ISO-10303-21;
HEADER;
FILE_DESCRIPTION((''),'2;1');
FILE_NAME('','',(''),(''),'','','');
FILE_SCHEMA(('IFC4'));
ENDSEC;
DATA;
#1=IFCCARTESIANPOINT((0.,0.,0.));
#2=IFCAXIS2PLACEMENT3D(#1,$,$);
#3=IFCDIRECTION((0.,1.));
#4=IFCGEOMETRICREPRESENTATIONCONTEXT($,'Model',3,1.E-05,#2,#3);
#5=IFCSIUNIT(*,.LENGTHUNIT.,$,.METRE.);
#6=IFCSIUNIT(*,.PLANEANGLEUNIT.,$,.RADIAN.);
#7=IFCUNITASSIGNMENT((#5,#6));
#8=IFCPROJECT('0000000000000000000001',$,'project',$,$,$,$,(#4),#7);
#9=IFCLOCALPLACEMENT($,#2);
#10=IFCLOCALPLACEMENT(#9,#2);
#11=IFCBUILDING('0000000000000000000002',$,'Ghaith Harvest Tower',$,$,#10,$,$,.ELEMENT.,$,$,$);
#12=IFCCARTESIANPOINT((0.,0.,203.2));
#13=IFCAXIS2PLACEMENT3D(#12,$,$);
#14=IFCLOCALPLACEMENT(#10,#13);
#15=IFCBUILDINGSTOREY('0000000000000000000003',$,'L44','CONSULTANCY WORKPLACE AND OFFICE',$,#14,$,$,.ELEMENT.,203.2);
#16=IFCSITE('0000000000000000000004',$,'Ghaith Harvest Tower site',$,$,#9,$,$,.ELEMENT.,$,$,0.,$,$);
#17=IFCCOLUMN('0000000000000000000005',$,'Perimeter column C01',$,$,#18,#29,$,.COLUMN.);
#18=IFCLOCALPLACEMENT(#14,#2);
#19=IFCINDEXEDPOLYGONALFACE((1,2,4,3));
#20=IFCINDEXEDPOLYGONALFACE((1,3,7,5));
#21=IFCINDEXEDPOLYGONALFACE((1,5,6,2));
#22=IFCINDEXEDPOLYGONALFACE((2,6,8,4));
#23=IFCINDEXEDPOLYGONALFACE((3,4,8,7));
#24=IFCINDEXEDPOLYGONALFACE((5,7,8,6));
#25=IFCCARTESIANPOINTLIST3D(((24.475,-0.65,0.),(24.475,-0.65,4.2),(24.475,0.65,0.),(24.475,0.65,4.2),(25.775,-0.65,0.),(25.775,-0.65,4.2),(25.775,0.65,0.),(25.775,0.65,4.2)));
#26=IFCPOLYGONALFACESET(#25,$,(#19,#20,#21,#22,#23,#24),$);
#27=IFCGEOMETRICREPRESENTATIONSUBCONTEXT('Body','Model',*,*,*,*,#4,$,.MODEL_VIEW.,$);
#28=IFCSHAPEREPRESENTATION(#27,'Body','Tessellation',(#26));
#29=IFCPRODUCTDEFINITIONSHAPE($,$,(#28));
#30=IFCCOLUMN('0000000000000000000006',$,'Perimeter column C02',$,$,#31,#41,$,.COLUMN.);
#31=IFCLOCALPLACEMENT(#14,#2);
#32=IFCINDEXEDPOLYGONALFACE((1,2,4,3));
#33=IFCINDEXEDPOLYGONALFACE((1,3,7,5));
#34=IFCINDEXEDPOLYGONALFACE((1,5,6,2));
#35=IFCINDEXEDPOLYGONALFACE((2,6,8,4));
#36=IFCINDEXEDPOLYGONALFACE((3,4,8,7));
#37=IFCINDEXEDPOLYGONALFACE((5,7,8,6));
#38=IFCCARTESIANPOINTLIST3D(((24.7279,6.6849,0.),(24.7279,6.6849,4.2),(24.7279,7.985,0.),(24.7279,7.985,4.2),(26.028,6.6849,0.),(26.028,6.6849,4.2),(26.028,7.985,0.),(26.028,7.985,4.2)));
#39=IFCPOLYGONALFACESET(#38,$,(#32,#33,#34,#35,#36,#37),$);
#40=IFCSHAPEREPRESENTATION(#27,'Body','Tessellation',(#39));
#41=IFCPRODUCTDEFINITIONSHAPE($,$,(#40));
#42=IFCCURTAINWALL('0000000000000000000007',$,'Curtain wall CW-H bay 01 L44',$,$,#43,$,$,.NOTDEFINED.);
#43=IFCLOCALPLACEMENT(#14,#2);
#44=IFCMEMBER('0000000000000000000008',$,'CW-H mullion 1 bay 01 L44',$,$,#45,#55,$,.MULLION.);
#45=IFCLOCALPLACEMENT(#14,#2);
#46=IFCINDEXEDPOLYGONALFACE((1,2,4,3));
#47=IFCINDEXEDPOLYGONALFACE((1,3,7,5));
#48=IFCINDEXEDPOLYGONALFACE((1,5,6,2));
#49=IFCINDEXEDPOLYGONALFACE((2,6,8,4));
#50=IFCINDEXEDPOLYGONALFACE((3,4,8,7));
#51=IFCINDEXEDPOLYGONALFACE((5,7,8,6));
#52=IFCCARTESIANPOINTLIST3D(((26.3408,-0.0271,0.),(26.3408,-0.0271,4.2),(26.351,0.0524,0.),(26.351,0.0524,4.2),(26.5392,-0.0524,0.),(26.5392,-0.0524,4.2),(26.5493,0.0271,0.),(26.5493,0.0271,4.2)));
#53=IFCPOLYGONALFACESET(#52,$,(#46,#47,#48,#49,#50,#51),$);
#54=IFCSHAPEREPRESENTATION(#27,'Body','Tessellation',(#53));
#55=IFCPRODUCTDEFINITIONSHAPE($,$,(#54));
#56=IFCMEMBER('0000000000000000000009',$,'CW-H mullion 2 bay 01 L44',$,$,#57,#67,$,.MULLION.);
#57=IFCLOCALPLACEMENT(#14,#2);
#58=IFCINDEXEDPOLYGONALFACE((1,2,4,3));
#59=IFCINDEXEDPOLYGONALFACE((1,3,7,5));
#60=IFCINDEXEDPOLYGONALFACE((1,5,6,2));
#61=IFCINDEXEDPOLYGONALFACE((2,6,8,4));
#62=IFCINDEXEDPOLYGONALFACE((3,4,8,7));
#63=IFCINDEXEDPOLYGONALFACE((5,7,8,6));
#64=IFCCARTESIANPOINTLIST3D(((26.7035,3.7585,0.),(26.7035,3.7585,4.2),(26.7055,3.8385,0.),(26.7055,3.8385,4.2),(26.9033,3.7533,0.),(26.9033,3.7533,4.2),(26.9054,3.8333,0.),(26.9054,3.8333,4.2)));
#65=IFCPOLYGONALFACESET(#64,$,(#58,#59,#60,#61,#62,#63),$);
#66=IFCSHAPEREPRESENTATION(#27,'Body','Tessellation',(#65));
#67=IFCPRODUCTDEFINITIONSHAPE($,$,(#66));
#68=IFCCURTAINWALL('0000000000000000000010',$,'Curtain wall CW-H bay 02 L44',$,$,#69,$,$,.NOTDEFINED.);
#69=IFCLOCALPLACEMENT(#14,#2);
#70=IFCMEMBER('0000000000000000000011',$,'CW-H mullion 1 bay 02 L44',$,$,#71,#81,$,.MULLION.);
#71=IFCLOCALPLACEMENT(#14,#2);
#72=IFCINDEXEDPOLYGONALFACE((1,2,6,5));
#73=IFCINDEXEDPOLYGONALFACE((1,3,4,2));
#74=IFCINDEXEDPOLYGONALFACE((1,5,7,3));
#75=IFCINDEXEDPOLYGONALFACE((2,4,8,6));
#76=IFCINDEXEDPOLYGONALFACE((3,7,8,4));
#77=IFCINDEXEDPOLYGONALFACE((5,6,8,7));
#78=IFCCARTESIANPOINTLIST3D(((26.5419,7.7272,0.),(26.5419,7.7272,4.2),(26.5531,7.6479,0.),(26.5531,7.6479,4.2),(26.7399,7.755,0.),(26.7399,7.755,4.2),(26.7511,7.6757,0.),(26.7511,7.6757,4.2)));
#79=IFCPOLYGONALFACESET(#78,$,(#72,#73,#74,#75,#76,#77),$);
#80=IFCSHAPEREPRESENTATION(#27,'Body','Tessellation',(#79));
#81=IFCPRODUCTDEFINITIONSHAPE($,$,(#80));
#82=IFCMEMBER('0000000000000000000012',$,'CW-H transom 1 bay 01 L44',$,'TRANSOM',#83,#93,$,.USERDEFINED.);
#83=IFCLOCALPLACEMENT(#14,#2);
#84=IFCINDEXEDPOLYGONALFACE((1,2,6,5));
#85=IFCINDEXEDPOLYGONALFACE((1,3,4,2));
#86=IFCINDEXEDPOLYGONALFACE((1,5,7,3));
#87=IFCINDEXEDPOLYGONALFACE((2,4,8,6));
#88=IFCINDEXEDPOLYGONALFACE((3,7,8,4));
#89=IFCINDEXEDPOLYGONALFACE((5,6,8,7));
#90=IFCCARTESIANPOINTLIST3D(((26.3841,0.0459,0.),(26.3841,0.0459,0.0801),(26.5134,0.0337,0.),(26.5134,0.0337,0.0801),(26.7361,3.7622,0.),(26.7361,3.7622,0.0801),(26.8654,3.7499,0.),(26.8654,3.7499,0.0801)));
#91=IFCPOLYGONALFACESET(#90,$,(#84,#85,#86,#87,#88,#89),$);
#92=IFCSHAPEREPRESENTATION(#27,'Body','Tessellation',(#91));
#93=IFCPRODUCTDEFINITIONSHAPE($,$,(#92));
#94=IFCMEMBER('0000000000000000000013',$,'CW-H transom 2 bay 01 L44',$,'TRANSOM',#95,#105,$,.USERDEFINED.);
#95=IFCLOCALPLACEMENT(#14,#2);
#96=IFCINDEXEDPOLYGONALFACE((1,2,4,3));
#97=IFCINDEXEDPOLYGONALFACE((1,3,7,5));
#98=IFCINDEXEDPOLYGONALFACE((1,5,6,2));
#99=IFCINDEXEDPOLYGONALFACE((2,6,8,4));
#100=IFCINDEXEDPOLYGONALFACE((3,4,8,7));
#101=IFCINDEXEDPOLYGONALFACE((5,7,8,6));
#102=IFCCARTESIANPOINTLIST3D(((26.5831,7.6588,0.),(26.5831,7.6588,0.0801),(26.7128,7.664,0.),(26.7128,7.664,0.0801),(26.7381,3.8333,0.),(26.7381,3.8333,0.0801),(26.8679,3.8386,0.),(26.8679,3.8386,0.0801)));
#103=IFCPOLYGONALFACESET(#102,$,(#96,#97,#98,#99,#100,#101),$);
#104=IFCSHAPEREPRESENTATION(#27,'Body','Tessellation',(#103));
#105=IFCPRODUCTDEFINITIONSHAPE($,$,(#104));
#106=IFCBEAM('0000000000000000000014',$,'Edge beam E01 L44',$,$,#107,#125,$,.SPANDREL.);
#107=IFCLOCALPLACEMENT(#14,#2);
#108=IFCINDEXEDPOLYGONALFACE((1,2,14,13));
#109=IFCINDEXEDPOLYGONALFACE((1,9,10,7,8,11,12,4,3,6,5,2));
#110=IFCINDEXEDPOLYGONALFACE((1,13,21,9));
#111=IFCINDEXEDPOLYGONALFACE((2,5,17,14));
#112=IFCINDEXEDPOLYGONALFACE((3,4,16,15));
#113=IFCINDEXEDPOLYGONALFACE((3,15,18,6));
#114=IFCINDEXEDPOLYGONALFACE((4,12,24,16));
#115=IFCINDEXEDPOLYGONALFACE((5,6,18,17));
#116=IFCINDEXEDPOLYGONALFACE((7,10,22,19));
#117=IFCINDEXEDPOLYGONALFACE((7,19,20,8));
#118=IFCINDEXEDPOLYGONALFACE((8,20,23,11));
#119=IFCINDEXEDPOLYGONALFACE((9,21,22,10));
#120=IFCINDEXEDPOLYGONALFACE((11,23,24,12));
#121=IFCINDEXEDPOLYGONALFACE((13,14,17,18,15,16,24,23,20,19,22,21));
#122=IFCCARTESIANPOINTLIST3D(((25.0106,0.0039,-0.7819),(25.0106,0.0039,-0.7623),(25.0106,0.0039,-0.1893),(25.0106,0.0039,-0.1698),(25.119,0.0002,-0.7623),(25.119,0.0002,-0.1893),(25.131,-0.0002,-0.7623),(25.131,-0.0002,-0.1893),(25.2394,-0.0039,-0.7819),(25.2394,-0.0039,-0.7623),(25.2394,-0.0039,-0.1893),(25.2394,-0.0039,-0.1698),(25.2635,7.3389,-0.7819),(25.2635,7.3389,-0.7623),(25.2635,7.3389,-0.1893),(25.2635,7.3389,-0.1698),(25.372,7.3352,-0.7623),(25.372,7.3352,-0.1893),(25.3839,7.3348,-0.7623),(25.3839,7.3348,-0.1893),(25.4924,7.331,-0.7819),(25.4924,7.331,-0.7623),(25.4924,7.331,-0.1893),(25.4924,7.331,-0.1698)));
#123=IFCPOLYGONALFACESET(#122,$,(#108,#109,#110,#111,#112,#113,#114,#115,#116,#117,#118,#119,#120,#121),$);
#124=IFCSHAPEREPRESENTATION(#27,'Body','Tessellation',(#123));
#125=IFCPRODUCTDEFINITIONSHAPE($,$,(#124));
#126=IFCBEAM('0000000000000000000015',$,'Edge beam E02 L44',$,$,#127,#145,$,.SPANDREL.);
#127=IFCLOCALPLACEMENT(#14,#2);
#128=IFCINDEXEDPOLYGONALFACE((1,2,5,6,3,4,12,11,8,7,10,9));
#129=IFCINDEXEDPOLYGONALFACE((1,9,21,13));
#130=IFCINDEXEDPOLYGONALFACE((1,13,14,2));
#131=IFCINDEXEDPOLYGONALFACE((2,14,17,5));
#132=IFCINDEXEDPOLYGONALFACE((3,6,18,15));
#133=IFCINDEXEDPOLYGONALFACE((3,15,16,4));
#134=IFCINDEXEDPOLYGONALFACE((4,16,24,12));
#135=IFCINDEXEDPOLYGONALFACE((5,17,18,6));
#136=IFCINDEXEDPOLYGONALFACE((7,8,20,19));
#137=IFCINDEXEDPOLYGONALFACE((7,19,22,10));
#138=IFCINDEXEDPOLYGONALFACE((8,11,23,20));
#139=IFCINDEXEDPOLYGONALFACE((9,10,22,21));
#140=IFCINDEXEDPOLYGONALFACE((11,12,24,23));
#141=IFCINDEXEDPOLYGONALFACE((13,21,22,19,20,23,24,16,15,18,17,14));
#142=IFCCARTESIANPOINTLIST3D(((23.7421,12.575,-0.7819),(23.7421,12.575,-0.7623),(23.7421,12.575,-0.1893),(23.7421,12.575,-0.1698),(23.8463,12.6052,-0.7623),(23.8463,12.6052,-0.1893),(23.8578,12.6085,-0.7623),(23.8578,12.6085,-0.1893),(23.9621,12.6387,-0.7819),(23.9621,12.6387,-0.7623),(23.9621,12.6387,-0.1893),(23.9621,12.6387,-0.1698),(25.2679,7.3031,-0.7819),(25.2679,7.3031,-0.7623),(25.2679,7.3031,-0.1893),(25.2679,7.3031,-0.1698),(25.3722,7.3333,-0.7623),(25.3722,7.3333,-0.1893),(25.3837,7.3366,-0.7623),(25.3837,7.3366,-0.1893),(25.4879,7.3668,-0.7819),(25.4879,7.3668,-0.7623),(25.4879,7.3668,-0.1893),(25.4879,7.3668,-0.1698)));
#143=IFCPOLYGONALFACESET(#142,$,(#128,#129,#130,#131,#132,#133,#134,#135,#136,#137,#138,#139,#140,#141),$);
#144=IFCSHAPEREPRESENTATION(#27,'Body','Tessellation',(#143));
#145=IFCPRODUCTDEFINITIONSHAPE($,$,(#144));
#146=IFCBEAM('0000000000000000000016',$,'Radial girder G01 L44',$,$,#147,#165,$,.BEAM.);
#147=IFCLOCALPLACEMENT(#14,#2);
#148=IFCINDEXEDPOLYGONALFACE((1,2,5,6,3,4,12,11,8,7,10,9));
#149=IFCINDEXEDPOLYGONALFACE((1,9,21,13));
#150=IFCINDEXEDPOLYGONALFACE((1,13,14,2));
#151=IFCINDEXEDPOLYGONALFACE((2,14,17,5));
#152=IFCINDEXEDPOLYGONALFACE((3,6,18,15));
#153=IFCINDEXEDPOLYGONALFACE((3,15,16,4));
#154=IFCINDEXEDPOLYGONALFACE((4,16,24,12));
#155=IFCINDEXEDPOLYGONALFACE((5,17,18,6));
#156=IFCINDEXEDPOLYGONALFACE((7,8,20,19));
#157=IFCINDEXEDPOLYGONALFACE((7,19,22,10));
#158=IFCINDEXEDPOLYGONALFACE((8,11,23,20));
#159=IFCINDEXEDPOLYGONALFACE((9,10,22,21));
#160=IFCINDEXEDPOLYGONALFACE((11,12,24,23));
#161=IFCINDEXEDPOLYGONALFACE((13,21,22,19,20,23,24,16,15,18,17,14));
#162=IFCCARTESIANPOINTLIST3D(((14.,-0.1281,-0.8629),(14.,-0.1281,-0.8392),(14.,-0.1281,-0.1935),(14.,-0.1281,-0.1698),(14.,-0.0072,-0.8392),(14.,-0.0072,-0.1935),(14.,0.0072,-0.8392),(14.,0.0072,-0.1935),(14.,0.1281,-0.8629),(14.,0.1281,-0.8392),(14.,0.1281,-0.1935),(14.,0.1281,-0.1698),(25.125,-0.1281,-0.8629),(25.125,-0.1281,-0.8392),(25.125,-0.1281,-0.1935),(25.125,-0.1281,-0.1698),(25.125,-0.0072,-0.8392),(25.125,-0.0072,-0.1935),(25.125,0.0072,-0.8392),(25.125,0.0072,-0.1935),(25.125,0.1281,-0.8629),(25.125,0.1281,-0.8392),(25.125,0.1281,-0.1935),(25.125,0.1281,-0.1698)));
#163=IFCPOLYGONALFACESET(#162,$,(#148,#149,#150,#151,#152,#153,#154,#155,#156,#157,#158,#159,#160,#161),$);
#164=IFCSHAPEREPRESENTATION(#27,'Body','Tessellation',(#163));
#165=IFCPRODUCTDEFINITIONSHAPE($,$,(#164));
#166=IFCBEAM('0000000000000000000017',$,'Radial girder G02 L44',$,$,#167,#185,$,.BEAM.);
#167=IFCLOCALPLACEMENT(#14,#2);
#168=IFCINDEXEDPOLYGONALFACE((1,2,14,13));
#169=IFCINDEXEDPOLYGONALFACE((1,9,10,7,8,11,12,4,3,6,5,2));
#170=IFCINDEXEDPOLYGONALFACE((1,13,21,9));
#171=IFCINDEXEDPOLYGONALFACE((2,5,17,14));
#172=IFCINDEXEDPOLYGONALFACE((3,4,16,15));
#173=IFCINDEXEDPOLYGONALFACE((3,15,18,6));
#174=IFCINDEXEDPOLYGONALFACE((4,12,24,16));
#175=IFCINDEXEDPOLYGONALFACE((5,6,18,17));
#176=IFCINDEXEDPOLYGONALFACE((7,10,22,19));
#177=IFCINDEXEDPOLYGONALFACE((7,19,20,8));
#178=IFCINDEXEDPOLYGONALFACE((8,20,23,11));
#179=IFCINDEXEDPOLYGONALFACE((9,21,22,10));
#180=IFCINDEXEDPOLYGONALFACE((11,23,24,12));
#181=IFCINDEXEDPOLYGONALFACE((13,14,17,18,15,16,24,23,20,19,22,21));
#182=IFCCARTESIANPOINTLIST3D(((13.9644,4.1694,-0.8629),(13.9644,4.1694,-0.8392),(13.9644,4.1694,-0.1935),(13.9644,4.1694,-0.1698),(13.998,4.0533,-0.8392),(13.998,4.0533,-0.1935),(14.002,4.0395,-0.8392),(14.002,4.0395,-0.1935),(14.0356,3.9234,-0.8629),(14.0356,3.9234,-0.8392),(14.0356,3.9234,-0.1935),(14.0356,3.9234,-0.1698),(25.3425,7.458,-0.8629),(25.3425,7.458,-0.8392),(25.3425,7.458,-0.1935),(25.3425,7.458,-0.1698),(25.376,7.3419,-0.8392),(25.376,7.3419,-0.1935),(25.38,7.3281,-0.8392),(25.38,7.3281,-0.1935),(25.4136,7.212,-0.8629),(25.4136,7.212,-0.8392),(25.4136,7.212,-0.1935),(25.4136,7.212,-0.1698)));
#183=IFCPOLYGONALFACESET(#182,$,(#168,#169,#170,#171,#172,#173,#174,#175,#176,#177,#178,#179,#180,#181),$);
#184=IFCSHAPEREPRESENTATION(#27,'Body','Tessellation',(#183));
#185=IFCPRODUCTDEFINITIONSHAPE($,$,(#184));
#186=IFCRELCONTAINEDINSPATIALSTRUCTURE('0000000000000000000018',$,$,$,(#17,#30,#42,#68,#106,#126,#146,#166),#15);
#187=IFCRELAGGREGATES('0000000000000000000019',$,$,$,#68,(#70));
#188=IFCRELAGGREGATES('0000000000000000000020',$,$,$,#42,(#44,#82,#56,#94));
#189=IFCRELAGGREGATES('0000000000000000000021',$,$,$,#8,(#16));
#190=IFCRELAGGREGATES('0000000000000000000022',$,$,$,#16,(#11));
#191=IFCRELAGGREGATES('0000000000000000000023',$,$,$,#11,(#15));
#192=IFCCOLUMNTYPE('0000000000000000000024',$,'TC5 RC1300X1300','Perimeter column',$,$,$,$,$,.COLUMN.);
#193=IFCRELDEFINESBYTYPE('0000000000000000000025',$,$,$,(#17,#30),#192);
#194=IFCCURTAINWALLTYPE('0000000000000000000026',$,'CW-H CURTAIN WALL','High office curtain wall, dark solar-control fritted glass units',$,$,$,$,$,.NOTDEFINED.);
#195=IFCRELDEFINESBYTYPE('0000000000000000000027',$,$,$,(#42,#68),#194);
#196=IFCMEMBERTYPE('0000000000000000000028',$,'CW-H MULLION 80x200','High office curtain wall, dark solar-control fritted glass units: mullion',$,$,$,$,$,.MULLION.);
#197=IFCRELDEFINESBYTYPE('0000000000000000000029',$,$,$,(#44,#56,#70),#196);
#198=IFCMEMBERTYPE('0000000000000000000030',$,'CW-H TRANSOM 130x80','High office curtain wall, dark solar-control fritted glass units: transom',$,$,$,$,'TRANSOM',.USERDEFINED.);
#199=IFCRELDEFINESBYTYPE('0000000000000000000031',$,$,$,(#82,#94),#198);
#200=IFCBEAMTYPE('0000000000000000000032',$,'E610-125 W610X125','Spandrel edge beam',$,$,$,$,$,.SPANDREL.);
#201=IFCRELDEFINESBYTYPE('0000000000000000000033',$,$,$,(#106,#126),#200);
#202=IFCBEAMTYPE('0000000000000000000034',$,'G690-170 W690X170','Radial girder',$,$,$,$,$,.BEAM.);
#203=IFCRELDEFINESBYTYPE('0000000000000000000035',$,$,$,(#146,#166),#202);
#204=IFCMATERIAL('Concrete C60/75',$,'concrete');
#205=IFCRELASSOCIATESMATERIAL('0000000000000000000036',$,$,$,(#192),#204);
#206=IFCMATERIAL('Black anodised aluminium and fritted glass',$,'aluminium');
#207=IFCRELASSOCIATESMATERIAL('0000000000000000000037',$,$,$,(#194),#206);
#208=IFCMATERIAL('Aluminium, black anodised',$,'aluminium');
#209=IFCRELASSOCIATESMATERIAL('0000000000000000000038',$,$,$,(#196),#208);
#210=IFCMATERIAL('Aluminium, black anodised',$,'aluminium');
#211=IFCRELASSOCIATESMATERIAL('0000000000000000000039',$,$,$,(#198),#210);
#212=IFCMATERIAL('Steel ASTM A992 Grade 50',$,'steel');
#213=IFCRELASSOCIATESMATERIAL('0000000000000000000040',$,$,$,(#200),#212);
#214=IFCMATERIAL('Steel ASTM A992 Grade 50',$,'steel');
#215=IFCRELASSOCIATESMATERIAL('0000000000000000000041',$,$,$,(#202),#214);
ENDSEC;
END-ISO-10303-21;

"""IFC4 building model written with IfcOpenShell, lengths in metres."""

from ifc_helpers import new_model, si_unit, direction, frame, origin, origin_2d, place, context, subcontext, project, spatial, rectangle, i_section, extrude, material, material_profile, profile_set, type_object, element, aggregate, save


model = new_model("IFC4")

# Units and contexts
model_context = context("Model", 3, precision=1e-05, world=origin(), true_north=direction((0.0, 1.0)))
body_context = subcontext(model_context, "Body", "Model", "MODEL_VIEW")
ifc_project = project(units=[si_unit("LENGTHUNIT", "METRE"), si_unit("PLANEANGLEUNIT", "RADIAN")], contexts=[model_context])

# Site, building, storey
site_placement = place(None, origin())
site = spatial("IfcSite", under=ifc_project, at=site_placement, Name="Ghaith Harvest Tower site", CompositionType="ELEMENT", RefElevation=0.0)
building_placement = place(site_placement, origin())
building = spatial("IfcBuilding", under=site, at=building_placement, Name="Ghaith Harvest Tower", CompositionType="ELEMENT")
storey_placement = place(building_placement, frame((0.0, 0.0, 203.2)))
storey = spatial("IfcBuildingStorey", under=building, at=storey_placement, Name="L44", Description="CONSULTANCY WORKPLACE AND OFFICE", CompositionType="ELEMENT", Elevation=203.2)

# Columns
ifc_material_1 = material(Name="Concrete C60/75", Category="concrete")
ifc_material_profile_1 = material_profile(ifc_material_1, rectangle(XDim=1.3, YDim=1.3, at=origin_2d()), Name="RC1300X1300")
ifc_profile_set_1 = profile_set([ifc_material_profile_1], Name="Concrete C60/75")
column_type = type_object("IfcColumnType", Name="TC5 RC1300X1300", Description="Perimeter column", PredefinedType="COLUMN", material=ifc_profile_set_1)
for number, where, z_axis, x_axis, name in (
    (1, (25.125, 0.0, 0.0), (0.0, 0.0, 1.0), (1.0, 0.0, 0.0), "Perimeter column C01"),
    (2, (25.3779, 7.335, 0.0), (0.0, 0.0, 1.0), (1.0, 0.0, 0.0), "Perimeter column C02"),
):
    element("IfcColumn", number, at=place(storey_placement, frame(where, z_axis=z_axis, x_axis=x_axis)), inside=storey, type_object=column_type, Name=name, PredefinedType="COLUMN", context=body_context, shape_type="SweptSolid", body=[
        extrude(rectangle(XDim=1.3, YDim=1.3, at=origin_2d()), origin(), (0.0, 0.0, 1.0), 4.2),
    ])

# Curtain wall, members
ifc_material_2 = material(Name="Black anodised aluminium and fritted glass", Category="aluminium")
curtain_wall_type = type_object("IfcCurtainWallType", Name="CW-H CURTAIN WALL", Description="High office curtain wall, dark solar-control fritted glass units", PredefinedType="NOTDEFINED", material=ifc_material_2)
curtain_wall_1_placement = place(storey_placement, origin())
curtain_wall_1 = element("IfcCurtainWall", 3, at=curtain_wall_1_placement, inside=storey, type_object=curtain_wall_type, Name="Curtain wall CW-H bay 01 L44", PredefinedType="NOTDEFINED")
ifc_material_3 = material(Name="Aluminium, black anodised", Category="aluminium")
ifc_material_profile_2 = material_profile(ifc_material_3, rectangle(XDim=0.0801, YDim=0.2, at=origin_2d()), Name="CW-H MULLION 80x200")
ifc_profile_set_2 = profile_set([ifc_material_profile_2], Name="Aluminium, black anodised")
member_type_1 = type_object("IfcMemberType", Name="CW-H MULLION 80x200", Description="High office curtain wall, dark solar-control fritted glass units: mullion", PredefinedType="MULLION", material=ifc_profile_set_2)
member_1_placement = place(storey_placement, frame((26.4451, 0.0, 0.0), z_axis=(0.0, 0.0, 1.0), x_axis=(0.126568, 0.991958, 0.0)))
member_1 = element("IfcMember", 4, at=member_1_placement, type_object=member_type_1, Name="CW-H mullion 1 bay 01 L44", PredefinedType="MULLION", context=body_context, shape_type="SweptSolid", body=[
    extrude(rectangle(XDim=0.0801, YDim=0.2, at=origin_2d()), origin(), (0.0, 0.0, 1.0), 4.2),
])
member_2_placement = place(storey_placement, frame((26.8044, 3.7959, 0.0), z_axis=(0.0, 0.0, 1.0), x_axis=(0.026143, 0.999658, 0.0)))
member_2 = element("IfcMember", 5, at=member_2_placement, type_object=member_type_1, Name="CW-H mullion 2 bay 01 L44", PredefinedType="MULLION", context=body_context, shape_type="SweptSolid", body=[
    extrude(rectangle(XDim=0.0801, YDim=0.2, at=origin_2d()), origin(), (0.0, 0.0, 1.0), 4.2),
])

# Curtain wall, member
curtain_wall_2_placement = place(storey_placement, origin())
curtain_wall_2 = element("IfcCurtainWall", 6, at=curtain_wall_2_placement, inside=storey, type_object=curtain_wall_type, Name="Curtain wall CW-H bay 02 L44", PredefinedType="NOTDEFINED")
member_3_placement = place(storey_placement, frame((26.6465, 7.7014, 0.0), z_axis=(0.0, 0.0, 1.0), x_axis=(-0.139146, 0.990272, 0.0)))
member_3 = element("IfcMember", 7, at=member_3_placement, type_object=member_type_1, Name="CW-H mullion 1 bay 02 L44", PredefinedType="MULLION", context=body_context, shape_type="SweptSolid", body=[
    extrude(rectangle(XDim=0.0801, YDim=0.2, at=origin_2d()), origin(), (0.0, 0.0, 1.0), 4.2),
])
aggregate(curtain_wall_2, [member_3])

# Members
ifc_material_4 = material(Name="Aluminium, black anodised", Category="aluminium")
ifc_material_profile_3 = material_profile(ifc_material_4, rectangle(XDim=0.1299, YDim=0.0801, at=origin_2d()), Name="CW-H TRANSOM 130x80")
ifc_profile_set_3 = profile_set([ifc_material_profile_3], Name="Aluminium, black anodised")
member_type_2 = type_object("IfcMemberType", Name="CW-H TRANSOM 130x80", Description="High office curtain wall, dark solar-control fritted glass units: transom", ElementType="TRANSOM", PredefinedType="USERDEFINED", material=ifc_profile_set_3)
member_4_placement = place(storey_placement, frame((26.4487, 0.0398, 0.04), z_axis=(0.094309, 0.995543, 0.0), x_axis=(-0.995543, 0.094309, 0.0)))
member_4 = element("IfcMember", 8, at=member_4_placement, type_object=member_type_2, Name="CW-H transom 1 bay 01 L44", ObjectType="TRANSOM", PredefinedType="USERDEFINED", context=body_context, shape_type="SweptSolid", body=[
    extrude(rectangle(XDim=0.1299, YDim=0.0801, at=origin_2d()), origin(), (0.0, 0.0, 1.0), 3.7329),
])
member_5_placement = place(storey_placement, frame((26.803, 3.8359, 0.04), z_axis=(-0.040493, 0.99918, 0.0), x_axis=(-0.99918, -0.040493, 0.0)))
member_5 = element("IfcMember", 9, at=member_5_placement, type_object=member_type_2, Name="CW-H transom 2 bay 01 L44", ObjectType="TRANSOM", PredefinedType="USERDEFINED", context=body_context, shape_type="SweptSolid", body=[
    extrude(rectangle(XDim=0.1299, YDim=0.0801, at=origin_2d()), origin(), (0.0, 0.0, 1.0), 3.8286),
])

# Beams
ifc_material_5 = material(Name="Steel ASTM A992 Grade 50", Category="steel")
ifc_material_profile_4 = material_profile(ifc_material_5, i_section(OverallWidth=0.229, OverallDepth=0.6121, WebThickness=0.012, FlangeThickness=0.0195, at=origin_2d()), Name="W610X125")
ifc_profile_set_4 = profile_set([ifc_material_profile_4], Name="Steel ASTM A992 Grade 50")
beam_type_1 = type_object("IfcBeamType", Name="E610-125 W610X125", Description="Spandrel edge beam", PredefinedType="SPANDREL", material=ifc_profile_set_4)
beam_1_placement = place(storey_placement, frame((25.125, 0.0, -0.4758), z_axis=(0.034462, 0.999406, 0.0), x_axis=(-0.999406, 0.034462, 0.0)))
element("IfcBeam", 10, at=beam_1_placement, inside=storey, type_object=beam_type_1, Name="Edge beam E01 L44", PredefinedType="SPANDREL", context=body_context, shape_type="SweptSolid", body=[
    extrude(i_section(OverallWidth=0.229, OverallDepth=0.6121, WebThickness=0.012, FlangeThickness=0.0195, at=origin_2d()), origin(), (0.0, 0.0, 1.0), 7.3394),
])
beam_2_placement = place(storey_placement, frame((25.3779, 7.335, -0.4758), z_axis=(-0.278021, 0.960575, 0.0), x_axis=(-0.960575, -0.278021, 0.0)))
element("IfcBeam", 11, at=beam_2_placement, inside=storey, type_object=beam_type_1, Name="Edge beam E02 L44", PredefinedType="SPANDREL", context=body_context, shape_type="SweptSolid", body=[
    extrude(i_section(OverallWidth=0.229, OverallDepth=0.6121, WebThickness=0.012, FlangeThickness=0.0195, at=origin_2d()), origin(), (0.0, 0.0, 1.0), 5.4883),
])
ifc_material_6 = material(Name="Steel ASTM A992 Grade 50", Category="steel")
ifc_material_profile_5 = material_profile(ifc_material_6, i_section(OverallWidth=0.2561, OverallDepth=0.6931, WebThickness=0.0144, FlangeThickness=0.0237, at=origin_2d()), Name="W690X170")
ifc_profile_set_5 = profile_set([ifc_material_profile_5], Name="Steel ASTM A992 Grade 50")
beam_type_2 = type_object("IfcBeamType", Name="G690-170 W690X170", Description="Radial girder", PredefinedType="BEAM", material=ifc_profile_set_5)
beam_3_placement = place(storey_placement, frame((14.0, 0.0, -0.5164), z_axis=(1.0, 0.0, 0.0), x_axis=(0.0, 1.0, 0.0)))
element("IfcBeam", 12, at=beam_3_placement, inside=storey, type_object=beam_type_2, Name="Radial girder G01 L44", PredefinedType="BEAM", context=body_context, shape_type="SweptSolid", body=[
    extrude(i_section(OverallWidth=0.2561, OverallDepth=0.6931, WebThickness=0.0144, FlangeThickness=0.0237, at=origin_2d()), origin(), (0.0, 0.0, 1.0), 11.125),
])
beam_4_placement = place(storey_placement, frame((14.0, 4.0464, -0.5164), z_axis=(0.960678, 0.277666, 0.0), x_axis=(-0.277666, 0.960678, 0.0)))
element("IfcBeam", 13, at=beam_4_placement, inside=storey, type_object=beam_type_2, Name="Radial girder G02 L44", PredefinedType="BEAM", context=body_context, shape_type="SweptSolid", body=[
    extrude(i_section(OverallWidth=0.2561, OverallDepth=0.6931, WebThickness=0.0144, FlangeThickness=0.0237, at=origin_2d()), origin(), (0.0, 0.0, 1.0), 11.8438),
])

aggregate(curtain_wall_1, [member_1, member_4, member_2, member_5])

save(model, "model.ifc")
